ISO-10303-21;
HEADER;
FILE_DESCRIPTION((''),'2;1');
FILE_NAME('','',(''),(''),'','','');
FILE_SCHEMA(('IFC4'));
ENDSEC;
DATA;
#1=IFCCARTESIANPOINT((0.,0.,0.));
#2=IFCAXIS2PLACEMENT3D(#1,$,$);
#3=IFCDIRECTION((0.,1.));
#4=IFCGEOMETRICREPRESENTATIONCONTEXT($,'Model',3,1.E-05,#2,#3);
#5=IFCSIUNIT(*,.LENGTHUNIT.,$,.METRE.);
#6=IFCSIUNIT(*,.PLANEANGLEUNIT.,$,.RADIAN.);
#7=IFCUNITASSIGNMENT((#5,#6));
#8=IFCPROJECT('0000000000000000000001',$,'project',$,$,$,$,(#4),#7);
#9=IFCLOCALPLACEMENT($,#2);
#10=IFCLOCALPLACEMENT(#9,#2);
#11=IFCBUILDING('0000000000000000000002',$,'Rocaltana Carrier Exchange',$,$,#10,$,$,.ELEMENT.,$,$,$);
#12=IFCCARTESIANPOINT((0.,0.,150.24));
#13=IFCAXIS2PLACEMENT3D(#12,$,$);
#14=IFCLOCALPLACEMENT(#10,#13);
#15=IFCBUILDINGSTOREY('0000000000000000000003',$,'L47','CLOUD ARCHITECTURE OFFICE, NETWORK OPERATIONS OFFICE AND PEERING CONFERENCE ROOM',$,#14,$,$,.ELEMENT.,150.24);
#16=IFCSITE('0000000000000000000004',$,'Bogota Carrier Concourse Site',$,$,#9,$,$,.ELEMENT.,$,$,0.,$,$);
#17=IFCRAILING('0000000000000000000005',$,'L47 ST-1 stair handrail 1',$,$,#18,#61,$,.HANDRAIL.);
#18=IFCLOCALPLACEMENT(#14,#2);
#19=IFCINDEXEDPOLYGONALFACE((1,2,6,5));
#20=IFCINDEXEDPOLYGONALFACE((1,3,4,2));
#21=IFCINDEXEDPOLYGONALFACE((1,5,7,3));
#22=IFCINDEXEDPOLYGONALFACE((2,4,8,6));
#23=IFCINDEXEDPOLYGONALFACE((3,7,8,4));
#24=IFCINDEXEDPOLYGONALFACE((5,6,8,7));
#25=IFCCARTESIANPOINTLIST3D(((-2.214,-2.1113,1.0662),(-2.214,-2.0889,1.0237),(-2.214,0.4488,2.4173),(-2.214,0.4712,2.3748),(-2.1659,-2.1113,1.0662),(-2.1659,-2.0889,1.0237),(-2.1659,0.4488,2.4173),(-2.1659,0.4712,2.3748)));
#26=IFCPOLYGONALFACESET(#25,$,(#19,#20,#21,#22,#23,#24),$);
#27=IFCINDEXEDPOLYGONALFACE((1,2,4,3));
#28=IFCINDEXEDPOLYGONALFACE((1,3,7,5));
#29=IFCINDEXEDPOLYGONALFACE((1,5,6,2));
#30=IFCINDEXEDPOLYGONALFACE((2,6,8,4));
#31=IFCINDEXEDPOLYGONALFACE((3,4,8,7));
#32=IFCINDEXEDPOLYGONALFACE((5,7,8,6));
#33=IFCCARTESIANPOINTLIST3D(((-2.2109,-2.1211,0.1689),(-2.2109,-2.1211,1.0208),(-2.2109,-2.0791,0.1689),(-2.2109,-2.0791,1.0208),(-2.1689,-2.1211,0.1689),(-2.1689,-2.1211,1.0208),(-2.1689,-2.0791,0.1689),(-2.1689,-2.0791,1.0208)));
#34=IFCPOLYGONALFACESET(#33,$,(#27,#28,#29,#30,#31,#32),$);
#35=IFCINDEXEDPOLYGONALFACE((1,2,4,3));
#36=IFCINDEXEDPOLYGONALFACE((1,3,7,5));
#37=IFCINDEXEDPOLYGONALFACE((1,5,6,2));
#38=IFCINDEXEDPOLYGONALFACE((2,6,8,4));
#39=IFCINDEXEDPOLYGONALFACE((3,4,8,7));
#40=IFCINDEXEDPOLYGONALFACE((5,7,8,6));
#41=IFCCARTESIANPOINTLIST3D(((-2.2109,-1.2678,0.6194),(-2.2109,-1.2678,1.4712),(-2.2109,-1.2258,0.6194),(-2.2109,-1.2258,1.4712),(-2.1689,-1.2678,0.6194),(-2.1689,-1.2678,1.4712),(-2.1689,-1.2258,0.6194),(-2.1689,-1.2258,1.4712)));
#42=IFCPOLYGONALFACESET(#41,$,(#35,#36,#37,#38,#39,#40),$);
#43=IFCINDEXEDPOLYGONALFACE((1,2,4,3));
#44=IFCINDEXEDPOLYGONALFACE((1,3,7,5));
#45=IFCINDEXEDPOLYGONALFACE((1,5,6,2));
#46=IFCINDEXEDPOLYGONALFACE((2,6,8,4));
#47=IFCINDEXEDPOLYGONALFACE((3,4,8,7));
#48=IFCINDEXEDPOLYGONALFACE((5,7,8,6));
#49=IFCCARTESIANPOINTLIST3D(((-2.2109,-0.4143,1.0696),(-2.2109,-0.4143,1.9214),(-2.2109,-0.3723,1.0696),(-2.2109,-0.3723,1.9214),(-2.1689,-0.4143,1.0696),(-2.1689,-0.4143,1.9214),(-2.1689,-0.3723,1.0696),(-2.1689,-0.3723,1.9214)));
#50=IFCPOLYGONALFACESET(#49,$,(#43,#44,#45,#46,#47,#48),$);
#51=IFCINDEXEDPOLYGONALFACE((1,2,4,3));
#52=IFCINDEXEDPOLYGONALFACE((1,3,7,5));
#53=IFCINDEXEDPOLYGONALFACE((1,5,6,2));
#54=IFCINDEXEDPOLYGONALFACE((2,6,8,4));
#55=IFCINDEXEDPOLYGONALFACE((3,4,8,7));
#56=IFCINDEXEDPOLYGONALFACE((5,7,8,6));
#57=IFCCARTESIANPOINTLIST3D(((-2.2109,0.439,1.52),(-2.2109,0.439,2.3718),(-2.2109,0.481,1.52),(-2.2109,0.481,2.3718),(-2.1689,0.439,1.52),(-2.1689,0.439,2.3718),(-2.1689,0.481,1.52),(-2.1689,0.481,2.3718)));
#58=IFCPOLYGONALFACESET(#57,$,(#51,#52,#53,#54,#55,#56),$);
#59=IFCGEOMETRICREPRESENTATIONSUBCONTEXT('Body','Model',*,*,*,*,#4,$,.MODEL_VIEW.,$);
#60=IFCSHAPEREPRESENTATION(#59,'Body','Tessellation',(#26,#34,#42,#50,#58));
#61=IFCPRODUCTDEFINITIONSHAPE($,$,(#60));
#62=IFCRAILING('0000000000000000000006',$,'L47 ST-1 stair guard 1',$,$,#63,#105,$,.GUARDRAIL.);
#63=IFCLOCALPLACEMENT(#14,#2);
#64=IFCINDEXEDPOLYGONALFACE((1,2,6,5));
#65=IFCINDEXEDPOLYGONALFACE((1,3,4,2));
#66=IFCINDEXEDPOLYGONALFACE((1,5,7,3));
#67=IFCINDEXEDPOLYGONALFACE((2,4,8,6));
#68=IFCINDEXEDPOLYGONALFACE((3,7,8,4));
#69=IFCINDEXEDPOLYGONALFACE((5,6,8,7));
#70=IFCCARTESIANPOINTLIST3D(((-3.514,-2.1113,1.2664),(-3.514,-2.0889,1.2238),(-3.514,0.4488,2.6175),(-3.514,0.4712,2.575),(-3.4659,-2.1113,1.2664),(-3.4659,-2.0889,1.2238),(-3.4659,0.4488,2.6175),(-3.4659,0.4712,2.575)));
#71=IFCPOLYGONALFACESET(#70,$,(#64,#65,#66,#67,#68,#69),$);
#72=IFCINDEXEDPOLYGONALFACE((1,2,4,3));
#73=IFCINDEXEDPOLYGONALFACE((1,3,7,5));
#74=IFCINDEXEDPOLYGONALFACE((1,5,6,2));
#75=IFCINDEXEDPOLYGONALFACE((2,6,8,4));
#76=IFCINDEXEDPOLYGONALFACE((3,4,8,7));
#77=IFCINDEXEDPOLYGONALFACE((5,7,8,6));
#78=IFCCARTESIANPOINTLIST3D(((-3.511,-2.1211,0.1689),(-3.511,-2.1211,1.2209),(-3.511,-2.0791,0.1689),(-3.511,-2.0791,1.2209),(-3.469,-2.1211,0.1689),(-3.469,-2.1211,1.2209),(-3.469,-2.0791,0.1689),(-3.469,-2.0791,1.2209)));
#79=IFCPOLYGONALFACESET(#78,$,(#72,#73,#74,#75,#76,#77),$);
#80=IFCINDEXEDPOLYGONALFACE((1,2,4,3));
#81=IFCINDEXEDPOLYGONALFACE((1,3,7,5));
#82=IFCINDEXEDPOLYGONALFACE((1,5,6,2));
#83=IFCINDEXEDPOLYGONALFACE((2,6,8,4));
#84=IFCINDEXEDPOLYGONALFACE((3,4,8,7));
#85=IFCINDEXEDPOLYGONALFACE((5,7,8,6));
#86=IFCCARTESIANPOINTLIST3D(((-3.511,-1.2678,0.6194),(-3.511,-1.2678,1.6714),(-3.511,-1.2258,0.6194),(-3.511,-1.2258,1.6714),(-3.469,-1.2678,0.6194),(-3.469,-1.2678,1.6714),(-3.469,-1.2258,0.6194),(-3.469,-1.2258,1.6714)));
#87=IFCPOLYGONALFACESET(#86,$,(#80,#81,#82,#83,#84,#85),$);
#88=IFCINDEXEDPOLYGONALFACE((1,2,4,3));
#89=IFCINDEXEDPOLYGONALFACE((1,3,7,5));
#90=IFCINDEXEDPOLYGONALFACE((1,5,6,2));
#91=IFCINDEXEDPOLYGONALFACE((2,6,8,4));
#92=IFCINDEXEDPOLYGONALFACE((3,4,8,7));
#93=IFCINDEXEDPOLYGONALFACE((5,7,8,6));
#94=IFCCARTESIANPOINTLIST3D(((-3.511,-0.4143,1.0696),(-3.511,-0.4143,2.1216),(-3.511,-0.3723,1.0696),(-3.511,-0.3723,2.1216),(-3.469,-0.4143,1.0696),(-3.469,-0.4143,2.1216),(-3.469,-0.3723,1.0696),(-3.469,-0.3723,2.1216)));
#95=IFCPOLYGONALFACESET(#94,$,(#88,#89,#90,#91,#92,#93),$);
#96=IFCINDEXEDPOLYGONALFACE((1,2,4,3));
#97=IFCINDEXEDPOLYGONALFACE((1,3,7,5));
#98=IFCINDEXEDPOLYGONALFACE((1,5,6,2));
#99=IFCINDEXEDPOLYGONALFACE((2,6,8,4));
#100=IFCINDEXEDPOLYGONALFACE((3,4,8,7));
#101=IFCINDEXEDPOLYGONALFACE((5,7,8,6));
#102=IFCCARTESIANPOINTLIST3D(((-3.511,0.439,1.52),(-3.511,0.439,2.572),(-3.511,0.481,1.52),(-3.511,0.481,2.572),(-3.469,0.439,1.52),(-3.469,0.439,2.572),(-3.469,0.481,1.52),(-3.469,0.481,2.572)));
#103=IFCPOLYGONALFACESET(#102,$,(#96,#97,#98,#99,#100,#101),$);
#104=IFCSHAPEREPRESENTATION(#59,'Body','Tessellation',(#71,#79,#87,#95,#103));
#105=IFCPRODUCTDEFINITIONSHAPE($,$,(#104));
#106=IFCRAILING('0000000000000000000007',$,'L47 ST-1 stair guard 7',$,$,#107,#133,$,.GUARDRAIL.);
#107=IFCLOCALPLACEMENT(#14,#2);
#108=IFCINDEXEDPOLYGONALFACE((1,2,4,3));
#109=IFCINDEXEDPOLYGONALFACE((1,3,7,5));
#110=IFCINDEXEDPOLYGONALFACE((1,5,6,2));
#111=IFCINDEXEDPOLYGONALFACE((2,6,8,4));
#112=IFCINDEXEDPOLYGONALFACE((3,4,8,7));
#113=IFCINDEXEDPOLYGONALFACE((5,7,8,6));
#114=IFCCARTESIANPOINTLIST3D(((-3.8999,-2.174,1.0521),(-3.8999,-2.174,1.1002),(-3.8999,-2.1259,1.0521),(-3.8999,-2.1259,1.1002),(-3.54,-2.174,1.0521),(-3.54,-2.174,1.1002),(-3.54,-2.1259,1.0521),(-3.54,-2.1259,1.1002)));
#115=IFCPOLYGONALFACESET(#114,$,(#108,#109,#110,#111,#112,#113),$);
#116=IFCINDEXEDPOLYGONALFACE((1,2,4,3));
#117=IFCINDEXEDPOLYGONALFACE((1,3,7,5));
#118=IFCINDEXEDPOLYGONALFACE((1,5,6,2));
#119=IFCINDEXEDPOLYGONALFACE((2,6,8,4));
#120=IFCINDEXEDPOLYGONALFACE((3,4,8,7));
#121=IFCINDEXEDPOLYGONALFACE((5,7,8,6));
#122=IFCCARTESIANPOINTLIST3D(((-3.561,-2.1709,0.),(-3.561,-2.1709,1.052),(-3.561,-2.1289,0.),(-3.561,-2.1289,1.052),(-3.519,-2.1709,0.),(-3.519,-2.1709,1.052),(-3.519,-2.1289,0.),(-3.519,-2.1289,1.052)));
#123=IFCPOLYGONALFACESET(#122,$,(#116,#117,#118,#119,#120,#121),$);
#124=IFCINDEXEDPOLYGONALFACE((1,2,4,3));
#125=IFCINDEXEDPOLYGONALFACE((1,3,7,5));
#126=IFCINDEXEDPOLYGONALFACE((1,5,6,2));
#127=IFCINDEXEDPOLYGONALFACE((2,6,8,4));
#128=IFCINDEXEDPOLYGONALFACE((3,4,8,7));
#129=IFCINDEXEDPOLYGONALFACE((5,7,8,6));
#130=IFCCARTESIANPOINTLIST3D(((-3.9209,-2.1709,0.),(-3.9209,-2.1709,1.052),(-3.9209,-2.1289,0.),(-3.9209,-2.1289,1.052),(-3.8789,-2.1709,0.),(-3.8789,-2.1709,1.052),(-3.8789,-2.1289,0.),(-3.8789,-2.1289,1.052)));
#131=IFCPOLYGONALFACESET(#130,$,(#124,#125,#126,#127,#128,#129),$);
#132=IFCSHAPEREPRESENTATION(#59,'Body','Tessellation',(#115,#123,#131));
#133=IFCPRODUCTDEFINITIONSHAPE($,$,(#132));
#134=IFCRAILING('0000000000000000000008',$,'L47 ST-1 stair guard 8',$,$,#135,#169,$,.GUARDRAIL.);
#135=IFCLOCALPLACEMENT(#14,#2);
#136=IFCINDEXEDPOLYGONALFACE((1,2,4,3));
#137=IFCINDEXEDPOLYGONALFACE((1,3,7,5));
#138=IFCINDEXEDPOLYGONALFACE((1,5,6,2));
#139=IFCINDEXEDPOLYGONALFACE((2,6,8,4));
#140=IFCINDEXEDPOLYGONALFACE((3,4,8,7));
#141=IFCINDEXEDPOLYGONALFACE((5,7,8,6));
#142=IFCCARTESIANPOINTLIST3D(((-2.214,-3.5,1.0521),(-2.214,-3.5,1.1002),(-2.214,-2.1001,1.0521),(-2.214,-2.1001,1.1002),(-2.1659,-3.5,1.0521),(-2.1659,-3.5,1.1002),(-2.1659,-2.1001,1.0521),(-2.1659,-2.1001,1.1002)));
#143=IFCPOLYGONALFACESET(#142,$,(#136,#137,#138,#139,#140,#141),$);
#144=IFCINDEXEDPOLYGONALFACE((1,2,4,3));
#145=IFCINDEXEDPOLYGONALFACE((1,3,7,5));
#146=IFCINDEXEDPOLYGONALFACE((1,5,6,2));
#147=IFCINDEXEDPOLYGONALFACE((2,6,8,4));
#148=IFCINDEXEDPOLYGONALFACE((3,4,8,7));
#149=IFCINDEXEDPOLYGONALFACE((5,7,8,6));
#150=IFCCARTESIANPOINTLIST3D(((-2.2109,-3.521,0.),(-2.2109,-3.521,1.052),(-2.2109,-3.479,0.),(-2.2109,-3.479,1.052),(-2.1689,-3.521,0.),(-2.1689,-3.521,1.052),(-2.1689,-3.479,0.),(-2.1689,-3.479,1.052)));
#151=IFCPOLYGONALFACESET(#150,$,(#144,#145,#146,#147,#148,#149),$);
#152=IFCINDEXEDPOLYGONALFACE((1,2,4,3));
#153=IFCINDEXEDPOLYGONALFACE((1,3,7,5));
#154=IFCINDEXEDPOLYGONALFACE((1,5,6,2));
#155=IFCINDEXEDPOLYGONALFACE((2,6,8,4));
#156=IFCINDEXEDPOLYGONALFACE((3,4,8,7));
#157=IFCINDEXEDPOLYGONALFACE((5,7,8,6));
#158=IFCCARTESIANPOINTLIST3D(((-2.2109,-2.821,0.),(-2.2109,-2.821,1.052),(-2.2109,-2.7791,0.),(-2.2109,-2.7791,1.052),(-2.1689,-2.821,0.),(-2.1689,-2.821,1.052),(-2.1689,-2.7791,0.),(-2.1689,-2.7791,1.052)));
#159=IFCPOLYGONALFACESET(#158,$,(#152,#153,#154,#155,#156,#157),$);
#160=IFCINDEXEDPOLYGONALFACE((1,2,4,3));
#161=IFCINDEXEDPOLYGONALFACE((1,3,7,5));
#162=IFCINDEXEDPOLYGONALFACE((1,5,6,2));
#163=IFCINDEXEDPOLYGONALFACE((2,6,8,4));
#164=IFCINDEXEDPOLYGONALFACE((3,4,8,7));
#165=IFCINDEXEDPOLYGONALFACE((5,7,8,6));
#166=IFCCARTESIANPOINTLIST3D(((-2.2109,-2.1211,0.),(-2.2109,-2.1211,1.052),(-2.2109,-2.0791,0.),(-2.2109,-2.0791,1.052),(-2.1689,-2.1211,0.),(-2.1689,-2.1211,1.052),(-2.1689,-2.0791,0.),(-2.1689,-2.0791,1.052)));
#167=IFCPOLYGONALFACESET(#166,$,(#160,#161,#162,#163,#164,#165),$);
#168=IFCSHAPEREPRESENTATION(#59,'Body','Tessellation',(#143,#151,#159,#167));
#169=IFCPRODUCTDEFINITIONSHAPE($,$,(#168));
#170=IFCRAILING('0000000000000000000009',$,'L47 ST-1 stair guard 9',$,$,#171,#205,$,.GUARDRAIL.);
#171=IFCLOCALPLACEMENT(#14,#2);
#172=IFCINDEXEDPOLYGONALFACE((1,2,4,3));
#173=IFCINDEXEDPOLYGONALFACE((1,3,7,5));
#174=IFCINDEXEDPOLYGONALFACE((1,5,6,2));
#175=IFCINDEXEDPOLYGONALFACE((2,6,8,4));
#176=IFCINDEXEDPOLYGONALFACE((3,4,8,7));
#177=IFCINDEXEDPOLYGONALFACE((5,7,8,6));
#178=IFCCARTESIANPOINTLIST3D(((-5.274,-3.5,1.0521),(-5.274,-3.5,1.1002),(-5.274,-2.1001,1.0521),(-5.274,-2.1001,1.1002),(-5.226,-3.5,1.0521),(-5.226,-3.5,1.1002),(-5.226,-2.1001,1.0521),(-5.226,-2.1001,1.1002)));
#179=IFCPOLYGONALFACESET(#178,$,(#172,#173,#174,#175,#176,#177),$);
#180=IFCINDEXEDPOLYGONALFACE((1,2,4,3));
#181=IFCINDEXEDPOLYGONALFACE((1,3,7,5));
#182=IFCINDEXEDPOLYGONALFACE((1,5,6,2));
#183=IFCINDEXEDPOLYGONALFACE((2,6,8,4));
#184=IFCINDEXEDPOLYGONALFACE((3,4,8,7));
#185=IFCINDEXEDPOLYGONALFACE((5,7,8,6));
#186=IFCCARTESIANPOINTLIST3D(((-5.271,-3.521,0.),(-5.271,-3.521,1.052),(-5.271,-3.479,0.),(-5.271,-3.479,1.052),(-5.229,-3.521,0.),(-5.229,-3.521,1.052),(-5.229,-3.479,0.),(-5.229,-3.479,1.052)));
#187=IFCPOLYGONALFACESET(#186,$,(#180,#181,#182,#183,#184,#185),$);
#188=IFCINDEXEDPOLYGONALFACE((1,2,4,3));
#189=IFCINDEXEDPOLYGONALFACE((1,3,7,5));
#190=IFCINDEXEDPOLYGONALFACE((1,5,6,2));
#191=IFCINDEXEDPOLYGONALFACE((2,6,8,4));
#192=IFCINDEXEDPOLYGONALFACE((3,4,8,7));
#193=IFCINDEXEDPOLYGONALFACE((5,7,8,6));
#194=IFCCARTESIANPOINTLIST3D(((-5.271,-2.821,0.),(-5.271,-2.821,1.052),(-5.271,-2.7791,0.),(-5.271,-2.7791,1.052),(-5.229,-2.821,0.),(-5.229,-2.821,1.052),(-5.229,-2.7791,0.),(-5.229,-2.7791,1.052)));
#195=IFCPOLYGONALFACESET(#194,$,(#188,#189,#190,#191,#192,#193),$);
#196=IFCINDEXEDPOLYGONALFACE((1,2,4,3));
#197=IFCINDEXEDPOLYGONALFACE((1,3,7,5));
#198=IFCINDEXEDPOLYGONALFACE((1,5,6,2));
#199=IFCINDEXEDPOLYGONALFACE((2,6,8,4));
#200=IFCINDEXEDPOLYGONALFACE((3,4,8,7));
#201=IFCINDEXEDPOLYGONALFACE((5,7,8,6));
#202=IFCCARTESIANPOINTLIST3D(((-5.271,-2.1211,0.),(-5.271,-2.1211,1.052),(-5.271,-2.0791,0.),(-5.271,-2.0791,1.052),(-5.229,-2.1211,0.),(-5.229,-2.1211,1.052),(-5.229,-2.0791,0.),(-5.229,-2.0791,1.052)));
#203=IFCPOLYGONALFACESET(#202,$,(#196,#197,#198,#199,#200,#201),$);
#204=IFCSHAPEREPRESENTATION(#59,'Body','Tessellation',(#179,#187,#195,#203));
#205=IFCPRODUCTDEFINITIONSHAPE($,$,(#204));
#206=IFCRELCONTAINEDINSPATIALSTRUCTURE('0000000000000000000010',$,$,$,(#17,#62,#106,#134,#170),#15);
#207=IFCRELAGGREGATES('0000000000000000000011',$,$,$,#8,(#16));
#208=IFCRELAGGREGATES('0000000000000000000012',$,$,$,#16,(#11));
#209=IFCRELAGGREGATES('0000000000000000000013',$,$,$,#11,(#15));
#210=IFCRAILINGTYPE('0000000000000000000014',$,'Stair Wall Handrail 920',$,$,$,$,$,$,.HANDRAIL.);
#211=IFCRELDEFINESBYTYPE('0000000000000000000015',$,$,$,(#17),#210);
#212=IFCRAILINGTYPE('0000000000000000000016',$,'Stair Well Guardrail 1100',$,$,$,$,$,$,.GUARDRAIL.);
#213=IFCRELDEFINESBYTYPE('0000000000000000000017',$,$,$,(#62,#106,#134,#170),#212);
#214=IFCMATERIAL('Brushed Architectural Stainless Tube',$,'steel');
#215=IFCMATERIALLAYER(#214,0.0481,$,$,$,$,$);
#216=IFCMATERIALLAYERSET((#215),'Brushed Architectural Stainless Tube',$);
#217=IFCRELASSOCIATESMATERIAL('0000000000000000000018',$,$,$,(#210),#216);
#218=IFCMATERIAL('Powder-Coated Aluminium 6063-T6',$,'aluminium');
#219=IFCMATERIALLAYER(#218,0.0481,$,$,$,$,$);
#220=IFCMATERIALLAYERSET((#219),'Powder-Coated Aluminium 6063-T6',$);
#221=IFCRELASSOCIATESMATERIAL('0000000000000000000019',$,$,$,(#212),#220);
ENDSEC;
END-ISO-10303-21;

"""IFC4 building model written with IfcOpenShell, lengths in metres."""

from ifc_helpers import new_model, si_unit, direction, frame, origin, origin_2d, place, context, subcontext, project, spatial, rectangle, extrude, material, layer, layer_set, type_object, element, save


model = new_model("IFC4")

# Units and contexts
model_context = context("Model", 3, precision=1e-05, world=origin(), true_north=direction((0.0, 1.0)))
body_context = subcontext(model_context, "Body", "Model", "MODEL_VIEW")
ifc_project = project(units=[si_unit("LENGTHUNIT", "METRE"), si_unit("PLANEANGLEUNIT", "RADIAN")], contexts=[model_context])

# Site, building, storey
site_placement = place(None, origin())
site = spatial("IfcSite", under=ifc_project, at=site_placement, Name="Bogota Carrier Concourse Site", CompositionType="ELEMENT", RefElevation=0.0)
building_placement = place(site_placement, origin())
building = spatial("IfcBuilding", under=site, at=building_placement, Name="Rocaltana Carrier Exchange", CompositionType="ELEMENT")
storey_placement = place(building_placement, frame((0.0, 0.0, 150.24)))
storey = spatial("IfcBuildingStorey", under=building, at=storey_placement, Name="L47", Description="CLOUD ARCHITECTURE OFFICE, NETWORK OPERATIONS OFFICE AND PEERING CONFERENCE ROOM", CompositionType="ELEMENT", Elevation=150.24)

# Railings
ifc_material_1 = material(Name="Brushed Architectural Stainless Tube", Category="steel")
ifc_layer_1 = layer(ifc_material_1, 0.0481)
ifc_layer_set_1 = layer_set([ifc_layer_1], Name="Brushed Architectural Stainless Tube")
railing_type_1 = type_object("IfcRailingType", Name="Stair Wall Handrail 920", PredefinedType="HANDRAIL", material=ifc_layer_set_1)
railing_1_placement = place(storey_placement, frame((-2.1899, -2.1001, 0.1689)))
element("IfcRailing", 1, at=railing_1_placement, inside=storey, type_object=railing_type_1, Name="L47 ST-1 stair handrail 1", PredefinedType="HANDRAIL", context=body_context, shape_type="SweptSolid", body=[
    extrude(rectangle(XDim=0.0481, YDim=0.0481, at=origin_2d()), frame((0.0, 0.0, 0.876), z_axis=(0.0, 0.884394, 0.46674), x_axis=(-1.0, 0.0, 0.0)), (0.0, 0.0, 1.0), 2.8948),
    extrude(rectangle(XDim=0.042, YDim=0.042, at=origin_2d()), origin(), (0.0, 0.0, 1.0), 0.8518),
    extrude(rectangle(XDim=0.042, YDim=0.042, at=origin_2d()), frame((0.0, 0.8533, 0.4504)), (0.0, 0.0, 1.0), 0.8518),
    extrude(rectangle(XDim=0.042, YDim=0.042, at=origin_2d()), frame((0.0, 1.7068, 0.9006)), (0.0, 0.0, 1.0), 0.8518),
    extrude(rectangle(XDim=0.042, YDim=0.042, at=origin_2d()), frame((0.0, 2.5601, 1.3511)), (0.0, 0.0, 1.0), 0.8518),
])
ifc_material_2 = material(Name="Powder-Coated Aluminium 6063-T6", Category="aluminium")
ifc_layer_2 = layer(ifc_material_2, 0.0481)
ifc_layer_set_2 = layer_set([ifc_layer_2], Name="Powder-Coated Aluminium 6063-T6")
railing_type_2 = type_object("IfcRailingType", Name="Stair Well Guardrail 1100", PredefinedType="GUARDRAIL", material=ifc_layer_set_2)
railing_2_placement = place(storey_placement, frame((-3.49, -2.1001, 0.1689)))
element("IfcRailing", 2, at=railing_2_placement, inside=storey, type_object=railing_type_2, Name="L47 ST-1 stair guard 1", PredefinedType="GUARDRAIL", context=body_context, shape_type="SweptSolid", body=[
    extrude(rectangle(XDim=0.0481, YDim=0.0481, at=origin_2d()), frame((0.0, 0.0, 1.0762), z_axis=(0.0, 0.884394, 0.46674), x_axis=(-1.0, 0.0, 0.0)), (0.0, 0.0, 1.0), 2.8948),
    extrude(rectangle(XDim=0.042, YDim=0.042, at=origin_2d()), origin(), (0.0, 0.0, 1.0), 1.052),
    extrude(rectangle(XDim=0.042, YDim=0.042, at=origin_2d()), frame((0.0, 0.8533, 0.4504)), (0.0, 0.0, 1.0), 1.052),
    extrude(rectangle(XDim=0.042, YDim=0.042, at=origin_2d()), frame((0.0, 1.7068, 0.9006)), (0.0, 0.0, 1.0), 1.052),
    extrude(rectangle(XDim=0.042, YDim=0.042, at=origin_2d()), frame((0.0, 2.5601, 1.3511)), (0.0, 0.0, 1.0), 1.052),
])
railing_3_placement = place(storey_placement, frame((-3.54, -2.1499, 0.0)))
element("IfcRailing", 3, at=railing_3_placement, inside=storey, type_object=railing_type_2, Name="L47 ST-1 stair guard 7", PredefinedType="GUARDRAIL", context=body_context, shape_type="SweptSolid", body=[
    extrude(rectangle(XDim=0.0481, YDim=0.0481, at=origin_2d()), frame((0.0, 0.0, 1.0762), z_axis=(-1.0, 0.0, 0.0), x_axis=(0.0, -1.0, 0.0)), (0.0, 0.0, 1.0), 0.3599),
    extrude(rectangle(XDim=0.042, YDim=0.042, at=origin_2d()), origin(), (0.0, 0.0, 1.0), 1.052),
    extrude(rectangle(XDim=0.042, YDim=0.042, at=origin_2d()), frame((-0.3599, 0.0, 0.0)), (0.0, 0.0, 1.0), 1.052),
])
for number, where, name in (
    (4, (-2.1899, -3.5, 0.0), "L47 ST-1 stair guard 8"),
    (5, (-5.25, -3.5, 0.0), "L47 ST-1 stair guard 9"),
):
    element("IfcRailing", number, at=place(storey_placement, frame(where)), inside=storey, type_object=railing_type_2, Name=name, PredefinedType="GUARDRAIL", context=body_context, shape_type="SweptSolid", body=[
        extrude(rectangle(XDim=0.0481, YDim=0.0481, at=origin_2d()), frame((0.0, 0.0, 1.0762), z_axis=(0.0, 1.0, 0.0), x_axis=(-1.0, 0.0, 0.0)), (0.0, 0.0, 1.0), 1.3999),
        extrude(rectangle(XDim=0.042, YDim=0.042, at=origin_2d()), origin(), (0.0, 0.0, 1.0), 1.052),
        extrude(rectangle(XDim=0.042, YDim=0.042, at=origin_2d()), frame((0.0, 0.7, 0.0)), (0.0, 0.0, 1.0), 1.052),
        extrude(rectangle(XDim=0.042, YDim=0.042, at=origin_2d()), frame((0.0, 1.3999, 0.0)), (0.0, 0.0, 1.0), 1.052),
    ])

save(model, "model.ifc")
